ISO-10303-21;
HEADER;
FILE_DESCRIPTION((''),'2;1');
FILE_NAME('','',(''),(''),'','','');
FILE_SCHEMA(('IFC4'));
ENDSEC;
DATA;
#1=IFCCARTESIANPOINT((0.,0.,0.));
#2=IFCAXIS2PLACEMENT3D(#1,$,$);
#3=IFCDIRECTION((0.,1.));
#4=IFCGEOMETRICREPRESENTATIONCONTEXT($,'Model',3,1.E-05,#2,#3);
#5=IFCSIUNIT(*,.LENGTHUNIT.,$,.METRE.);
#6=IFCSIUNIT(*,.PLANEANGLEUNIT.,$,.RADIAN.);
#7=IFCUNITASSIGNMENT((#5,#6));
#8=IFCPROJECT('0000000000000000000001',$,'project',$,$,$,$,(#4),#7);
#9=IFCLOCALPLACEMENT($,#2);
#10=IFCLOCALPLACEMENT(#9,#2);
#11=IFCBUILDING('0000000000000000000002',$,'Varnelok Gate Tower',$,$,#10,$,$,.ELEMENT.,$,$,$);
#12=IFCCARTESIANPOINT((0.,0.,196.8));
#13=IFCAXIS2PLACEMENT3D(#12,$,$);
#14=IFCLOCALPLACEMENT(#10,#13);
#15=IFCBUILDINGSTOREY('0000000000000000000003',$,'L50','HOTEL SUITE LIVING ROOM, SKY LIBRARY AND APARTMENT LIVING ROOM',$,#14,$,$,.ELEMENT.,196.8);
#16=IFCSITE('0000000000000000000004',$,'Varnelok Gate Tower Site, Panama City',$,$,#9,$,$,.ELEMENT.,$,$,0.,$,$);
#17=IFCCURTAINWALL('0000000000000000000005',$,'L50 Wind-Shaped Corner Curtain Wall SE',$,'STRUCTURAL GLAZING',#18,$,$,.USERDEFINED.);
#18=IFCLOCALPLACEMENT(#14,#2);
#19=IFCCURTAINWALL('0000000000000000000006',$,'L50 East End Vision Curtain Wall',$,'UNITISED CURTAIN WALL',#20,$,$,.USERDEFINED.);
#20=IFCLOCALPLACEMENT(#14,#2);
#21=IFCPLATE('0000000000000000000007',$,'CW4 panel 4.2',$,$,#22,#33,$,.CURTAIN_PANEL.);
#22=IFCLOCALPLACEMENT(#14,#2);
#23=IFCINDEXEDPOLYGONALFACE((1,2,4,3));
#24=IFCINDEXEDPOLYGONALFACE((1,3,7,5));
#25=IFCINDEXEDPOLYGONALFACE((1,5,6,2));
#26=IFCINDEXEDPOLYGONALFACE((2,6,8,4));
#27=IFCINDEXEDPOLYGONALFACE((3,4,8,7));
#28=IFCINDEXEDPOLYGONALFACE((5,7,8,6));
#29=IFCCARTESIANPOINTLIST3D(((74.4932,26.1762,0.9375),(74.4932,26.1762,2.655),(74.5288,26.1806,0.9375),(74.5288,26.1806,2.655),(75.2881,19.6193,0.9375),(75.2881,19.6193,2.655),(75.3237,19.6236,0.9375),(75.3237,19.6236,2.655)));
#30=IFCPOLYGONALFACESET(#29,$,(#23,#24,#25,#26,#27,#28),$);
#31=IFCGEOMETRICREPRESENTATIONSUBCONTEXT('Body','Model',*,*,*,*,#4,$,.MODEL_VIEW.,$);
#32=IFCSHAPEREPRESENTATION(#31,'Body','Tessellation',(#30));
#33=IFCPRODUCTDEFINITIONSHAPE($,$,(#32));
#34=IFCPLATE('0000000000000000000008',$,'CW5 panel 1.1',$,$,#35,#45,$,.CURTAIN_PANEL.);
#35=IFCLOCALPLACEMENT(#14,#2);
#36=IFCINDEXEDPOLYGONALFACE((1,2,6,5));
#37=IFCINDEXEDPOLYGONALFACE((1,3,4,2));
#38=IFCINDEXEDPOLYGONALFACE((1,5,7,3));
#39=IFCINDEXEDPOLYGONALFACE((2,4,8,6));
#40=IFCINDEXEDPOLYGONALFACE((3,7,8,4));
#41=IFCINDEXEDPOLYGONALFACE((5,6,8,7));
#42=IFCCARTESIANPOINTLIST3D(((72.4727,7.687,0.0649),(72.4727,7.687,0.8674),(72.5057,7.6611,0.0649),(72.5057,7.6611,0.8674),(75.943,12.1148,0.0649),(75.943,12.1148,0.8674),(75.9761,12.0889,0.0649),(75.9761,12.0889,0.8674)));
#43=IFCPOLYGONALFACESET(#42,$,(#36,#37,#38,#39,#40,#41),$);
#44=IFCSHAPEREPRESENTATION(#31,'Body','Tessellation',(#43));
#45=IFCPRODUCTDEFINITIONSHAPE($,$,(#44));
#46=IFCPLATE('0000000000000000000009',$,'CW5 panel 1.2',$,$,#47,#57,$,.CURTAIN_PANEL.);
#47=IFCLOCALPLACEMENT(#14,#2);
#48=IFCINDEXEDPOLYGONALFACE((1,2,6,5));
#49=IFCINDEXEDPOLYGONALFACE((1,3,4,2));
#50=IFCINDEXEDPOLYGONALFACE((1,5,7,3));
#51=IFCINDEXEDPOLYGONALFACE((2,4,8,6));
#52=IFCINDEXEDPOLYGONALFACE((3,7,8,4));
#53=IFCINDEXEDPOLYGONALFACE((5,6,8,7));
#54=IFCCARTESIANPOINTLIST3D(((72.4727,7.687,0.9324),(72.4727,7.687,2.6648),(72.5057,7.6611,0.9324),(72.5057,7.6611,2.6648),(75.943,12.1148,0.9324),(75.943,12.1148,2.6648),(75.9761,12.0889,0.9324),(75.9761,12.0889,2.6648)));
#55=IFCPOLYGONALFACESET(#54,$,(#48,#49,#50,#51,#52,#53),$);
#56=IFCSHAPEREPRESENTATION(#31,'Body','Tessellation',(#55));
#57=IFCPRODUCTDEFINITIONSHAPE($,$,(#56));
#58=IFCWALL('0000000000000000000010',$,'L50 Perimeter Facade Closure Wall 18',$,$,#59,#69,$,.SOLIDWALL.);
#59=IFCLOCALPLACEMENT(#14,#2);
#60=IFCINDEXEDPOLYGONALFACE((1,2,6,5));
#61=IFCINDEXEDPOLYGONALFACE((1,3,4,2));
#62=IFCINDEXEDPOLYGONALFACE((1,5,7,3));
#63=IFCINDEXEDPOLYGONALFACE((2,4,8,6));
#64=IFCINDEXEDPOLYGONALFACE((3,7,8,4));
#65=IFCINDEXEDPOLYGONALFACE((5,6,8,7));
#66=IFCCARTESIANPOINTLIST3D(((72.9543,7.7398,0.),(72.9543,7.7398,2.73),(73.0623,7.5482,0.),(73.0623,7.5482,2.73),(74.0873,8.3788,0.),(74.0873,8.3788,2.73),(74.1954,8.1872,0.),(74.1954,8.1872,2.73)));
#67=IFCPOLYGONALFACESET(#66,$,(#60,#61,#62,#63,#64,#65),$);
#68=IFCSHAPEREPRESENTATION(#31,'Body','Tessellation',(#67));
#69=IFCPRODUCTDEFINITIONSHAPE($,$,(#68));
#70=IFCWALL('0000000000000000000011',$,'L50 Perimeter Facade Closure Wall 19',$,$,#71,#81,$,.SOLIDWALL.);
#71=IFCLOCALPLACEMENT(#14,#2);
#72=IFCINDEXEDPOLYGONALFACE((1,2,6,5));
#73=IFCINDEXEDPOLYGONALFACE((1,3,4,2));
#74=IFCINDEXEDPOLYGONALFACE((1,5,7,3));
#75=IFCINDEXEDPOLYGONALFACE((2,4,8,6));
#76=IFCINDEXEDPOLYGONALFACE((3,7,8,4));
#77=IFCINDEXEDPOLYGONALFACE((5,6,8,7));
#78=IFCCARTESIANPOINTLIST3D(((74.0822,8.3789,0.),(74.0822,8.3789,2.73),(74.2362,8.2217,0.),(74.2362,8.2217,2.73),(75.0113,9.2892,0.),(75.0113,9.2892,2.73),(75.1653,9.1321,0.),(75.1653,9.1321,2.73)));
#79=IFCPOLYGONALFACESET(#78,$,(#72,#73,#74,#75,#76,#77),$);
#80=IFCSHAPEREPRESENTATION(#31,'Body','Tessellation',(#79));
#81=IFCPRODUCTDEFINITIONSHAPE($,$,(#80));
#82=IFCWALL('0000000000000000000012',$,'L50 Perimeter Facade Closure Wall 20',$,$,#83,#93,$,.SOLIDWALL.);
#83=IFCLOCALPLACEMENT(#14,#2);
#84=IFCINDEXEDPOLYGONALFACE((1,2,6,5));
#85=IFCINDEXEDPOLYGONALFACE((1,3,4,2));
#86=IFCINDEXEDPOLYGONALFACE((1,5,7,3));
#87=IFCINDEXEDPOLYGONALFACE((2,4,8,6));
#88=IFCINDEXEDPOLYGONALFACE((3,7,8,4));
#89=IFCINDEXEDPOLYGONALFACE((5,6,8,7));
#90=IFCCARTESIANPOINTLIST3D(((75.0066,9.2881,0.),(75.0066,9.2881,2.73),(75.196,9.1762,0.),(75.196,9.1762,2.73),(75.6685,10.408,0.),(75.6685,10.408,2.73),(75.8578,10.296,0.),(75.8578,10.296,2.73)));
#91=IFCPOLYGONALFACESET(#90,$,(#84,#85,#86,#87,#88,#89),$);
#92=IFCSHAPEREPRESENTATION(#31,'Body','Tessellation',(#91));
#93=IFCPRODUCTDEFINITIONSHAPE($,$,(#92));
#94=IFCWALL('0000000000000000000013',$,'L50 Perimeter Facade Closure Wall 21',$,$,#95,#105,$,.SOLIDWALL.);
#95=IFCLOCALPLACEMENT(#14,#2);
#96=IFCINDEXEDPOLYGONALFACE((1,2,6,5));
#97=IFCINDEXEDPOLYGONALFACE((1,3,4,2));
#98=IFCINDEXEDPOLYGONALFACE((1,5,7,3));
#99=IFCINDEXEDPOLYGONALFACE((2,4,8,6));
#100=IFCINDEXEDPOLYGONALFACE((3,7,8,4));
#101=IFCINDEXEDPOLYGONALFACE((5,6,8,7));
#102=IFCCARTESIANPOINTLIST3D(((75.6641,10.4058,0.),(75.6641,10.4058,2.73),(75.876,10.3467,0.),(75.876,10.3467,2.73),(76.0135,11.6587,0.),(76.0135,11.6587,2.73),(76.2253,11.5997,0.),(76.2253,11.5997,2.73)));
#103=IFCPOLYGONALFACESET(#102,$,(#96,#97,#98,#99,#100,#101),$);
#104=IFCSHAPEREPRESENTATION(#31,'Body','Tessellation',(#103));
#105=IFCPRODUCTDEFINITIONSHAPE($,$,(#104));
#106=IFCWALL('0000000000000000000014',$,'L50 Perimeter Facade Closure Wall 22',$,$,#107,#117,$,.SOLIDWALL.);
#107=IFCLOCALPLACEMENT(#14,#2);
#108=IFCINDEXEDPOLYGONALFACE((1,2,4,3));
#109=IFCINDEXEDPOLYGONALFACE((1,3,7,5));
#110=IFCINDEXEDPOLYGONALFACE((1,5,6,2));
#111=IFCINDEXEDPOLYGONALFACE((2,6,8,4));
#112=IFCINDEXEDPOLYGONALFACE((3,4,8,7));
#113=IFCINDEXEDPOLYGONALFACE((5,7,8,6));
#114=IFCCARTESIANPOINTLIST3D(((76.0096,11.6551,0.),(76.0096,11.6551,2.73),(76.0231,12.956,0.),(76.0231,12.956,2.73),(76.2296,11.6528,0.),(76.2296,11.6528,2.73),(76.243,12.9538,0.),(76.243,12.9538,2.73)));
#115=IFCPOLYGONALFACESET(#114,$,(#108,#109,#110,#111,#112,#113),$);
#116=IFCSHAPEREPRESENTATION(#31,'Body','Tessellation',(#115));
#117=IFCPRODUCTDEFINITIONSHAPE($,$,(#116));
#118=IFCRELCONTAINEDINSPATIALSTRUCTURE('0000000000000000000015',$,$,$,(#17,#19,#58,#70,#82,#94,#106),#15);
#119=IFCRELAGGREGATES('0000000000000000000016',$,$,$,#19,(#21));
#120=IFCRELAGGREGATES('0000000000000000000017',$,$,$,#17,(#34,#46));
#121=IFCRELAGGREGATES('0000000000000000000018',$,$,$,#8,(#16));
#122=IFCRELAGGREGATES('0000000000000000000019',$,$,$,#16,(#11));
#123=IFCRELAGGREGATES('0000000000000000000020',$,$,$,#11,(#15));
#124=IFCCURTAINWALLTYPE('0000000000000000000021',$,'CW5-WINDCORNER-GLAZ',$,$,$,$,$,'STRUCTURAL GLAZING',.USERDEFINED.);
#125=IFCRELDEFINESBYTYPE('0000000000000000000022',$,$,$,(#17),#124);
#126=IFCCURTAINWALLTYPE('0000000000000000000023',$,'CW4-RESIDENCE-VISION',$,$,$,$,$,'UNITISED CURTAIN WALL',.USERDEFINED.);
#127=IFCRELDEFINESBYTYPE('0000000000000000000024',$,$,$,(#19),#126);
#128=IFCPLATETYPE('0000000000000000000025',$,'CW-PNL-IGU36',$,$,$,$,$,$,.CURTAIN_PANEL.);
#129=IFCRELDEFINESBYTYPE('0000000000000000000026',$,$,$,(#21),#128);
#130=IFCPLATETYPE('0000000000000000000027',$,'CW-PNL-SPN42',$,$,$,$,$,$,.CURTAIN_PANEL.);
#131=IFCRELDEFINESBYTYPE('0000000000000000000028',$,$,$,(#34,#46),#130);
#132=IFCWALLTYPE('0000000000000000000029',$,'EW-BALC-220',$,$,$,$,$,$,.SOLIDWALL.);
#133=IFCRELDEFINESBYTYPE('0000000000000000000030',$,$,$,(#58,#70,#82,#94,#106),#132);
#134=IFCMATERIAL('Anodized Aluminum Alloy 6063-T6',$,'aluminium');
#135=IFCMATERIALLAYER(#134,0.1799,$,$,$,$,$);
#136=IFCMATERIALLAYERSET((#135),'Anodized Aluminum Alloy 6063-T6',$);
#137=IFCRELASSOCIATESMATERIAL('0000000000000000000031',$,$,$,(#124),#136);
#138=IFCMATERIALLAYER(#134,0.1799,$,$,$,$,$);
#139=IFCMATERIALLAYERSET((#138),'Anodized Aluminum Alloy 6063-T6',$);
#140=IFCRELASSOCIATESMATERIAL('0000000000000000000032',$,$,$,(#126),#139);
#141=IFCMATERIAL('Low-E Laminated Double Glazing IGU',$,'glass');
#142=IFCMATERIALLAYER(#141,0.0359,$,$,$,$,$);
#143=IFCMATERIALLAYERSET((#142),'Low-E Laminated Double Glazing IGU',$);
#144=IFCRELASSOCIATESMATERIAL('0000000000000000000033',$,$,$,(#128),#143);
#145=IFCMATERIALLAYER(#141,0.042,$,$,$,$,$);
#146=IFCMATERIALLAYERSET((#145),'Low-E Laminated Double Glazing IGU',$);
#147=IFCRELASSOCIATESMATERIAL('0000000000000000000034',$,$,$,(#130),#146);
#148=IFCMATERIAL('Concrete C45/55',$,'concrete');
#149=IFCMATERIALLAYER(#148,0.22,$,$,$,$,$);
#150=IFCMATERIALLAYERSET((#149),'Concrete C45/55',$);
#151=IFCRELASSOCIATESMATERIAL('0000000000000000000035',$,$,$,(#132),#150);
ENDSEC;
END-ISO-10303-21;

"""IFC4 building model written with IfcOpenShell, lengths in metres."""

from ifc_helpers import new_model, si_unit, direction, frame, frame_2d, origin, origin_2d, place, context, subcontext, project, spatial, rectangle, extrude, source, transform, mapped, material, layer, layer_set, type_object, element, aggregate, save


model = new_model("IFC4")

# Units and contexts
model_context = context("Model", 3, precision=1e-05, world=origin(), true_north=direction((0.0, 1.0)))
body_context = subcontext(model_context, "Body", "Model", "MODEL_VIEW")
ifc_project = project(units=[si_unit("LENGTHUNIT", "METRE"), si_unit("PLANEANGLEUNIT", "RADIAN")], contexts=[model_context])

# Site, building, storey
site_placement = place(None, origin())
site = spatial("IfcSite", under=ifc_project, at=site_placement, Name="Varnelok Gate Tower Site, Panama City", CompositionType="ELEMENT", RefElevation=0.0)
building_placement = place(site_placement, origin())
building = spatial("IfcBuilding", under=site, at=building_placement, Name="Varnelok Gate Tower", CompositionType="ELEMENT")
storey_placement = place(building_placement, frame((0.0, 0.0, 196.8)))
storey = spatial("IfcBuildingStorey", under=building, at=storey_placement, Name="L50", Description="HOTEL SUITE LIVING ROOM, SKY LIBRARY AND APARTMENT LIVING ROOM", CompositionType="ELEMENT", Elevation=196.8)

# Curtain wall
ifc_material_1 = material(Name="Anodized Aluminum Alloy 6063-T6", Category="aluminium")
ifc_layer_1 = layer(ifc_material_1, 0.1799)
ifc_layer_set_1 = layer_set([ifc_layer_1], Name="Anodized Aluminum Alloy 6063-T6")
curtain_wall_type_1 = type_object("IfcCurtainWallType", Name="CW5-WINDCORNER-GLAZ", ElementType="STRUCTURAL GLAZING", PredefinedType="USERDEFINED", material=ifc_layer_set_1)
curtain_wall_1_placement = place(storey_placement, origin())
curtain_wall_1 = element("IfcCurtainWall", 1, at=curtain_wall_1_placement, inside=storey, type_object=curtain_wall_type_1, Name="L50 Wind-Shaped Corner Curtain Wall SE", ObjectType="STRUCTURAL GLAZING", PredefinedType="USERDEFINED")

# Curtain wall, plate
ifc_layer_2 = layer(ifc_material_1, 0.1799)
ifc_layer_set_2 = layer_set([ifc_layer_2], Name="Anodized Aluminum Alloy 6063-T6")
curtain_wall_type_2 = type_object("IfcCurtainWallType", Name="CW4-RESIDENCE-VISION", ElementType="UNITISED CURTAIN WALL", PredefinedType="USERDEFINED", material=ifc_layer_set_2)
curtain_wall_2_placement = place(storey_placement, origin())
curtain_wall_2 = element("IfcCurtainWall", 2, at=curtain_wall_2_placement, inside=storey, type_object=curtain_wall_type_2, Name="L50 East End Vision Curtain Wall", ObjectType="UNITISED CURTAIN WALL", PredefinedType="USERDEFINED")
ifc_material_2 = material(Name="Low-E Laminated Double Glazing IGU", Category="glass")
ifc_layer_3 = layer(ifc_material_2, 0.0359)
ifc_layer_set_3 = layer_set([ifc_layer_3], Name="Low-E Laminated Double Glazing IGU")
plate_type_1 = type_object("IfcPlateType", Name="CW-PNL-IGU36", PredefinedType="CURTAIN_PANEL", material=ifc_layer_set_3)
shared_shape_1 = source(origin(), body_context, "Body", "SweptSolid", [
    extrude(rectangle(XDim=6.605, YDim=0.0359, at=origin_2d()), origin(), (0.0, 0.0, 1.0), 1.7175),
])
plate_1_placement = place(storey_placement, frame((74.9084, 22.8999, 0.9375), z_axis=(0.0, 0.0, 1.0), x_axis=(0.120345, -0.992732, 0.0)))
plate_1 = element("IfcPlate", 3, at=plate_1_placement, type_object=plate_type_1, Name="CW4 panel 4.2", PredefinedType="CURTAIN_PANEL", context=body_context, shape_type="MappedRepresentation", body=[
    mapped(shared_shape_1, transform((0.0, 0.0, 0.0), scale=1.0)),
])
aggregate(curtain_wall_2, [plate_1])

# Plates
ifc_layer_4 = layer(ifc_material_2, 0.042)
ifc_layer_set_4 = layer_set([ifc_layer_4], Name="Low-E Laminated Double Glazing IGU")
plate_type_2 = type_object("IfcPlateType", Name="CW-PNL-SPN42", PredefinedType="CURTAIN_PANEL", material=ifc_layer_set_4)
shared_shape_2 = source(origin(), body_context, "Body", "SweptSolid", [
    extrude(rectangle(XDim=5.6257, YDim=0.042, at=origin_2d()), origin(), (0.0, 0.0, 1.0), 0.8025),
])
plate_2_placement = place(storey_placement, frame((74.2244, 9.8879, 0.0649), z_axis=(0.0, 0.0, 1.0), x_axis=(0.616871, 0.787064, 0.0)))
plate_2 = element("IfcPlate", 4, at=plate_2_placement, type_object=plate_type_2, Name="CW5 panel 1.1", PredefinedType="CURTAIN_PANEL", context=body_context, shape_type="MappedRepresentation", body=[
    mapped(shared_shape_2, transform((0.0, 0.0, 0.0), scale=1.0)),
])
shared_shape_3 = source(origin(), body_context, "Body", "SweptSolid", [
    extrude(rectangle(XDim=5.6257, YDim=0.042, at=origin_2d()), origin(), (0.0, 0.0, 1.0), 1.7324),
])
plate_3_placement = place(storey_placement, frame((74.2244, 9.8879, 0.9324), z_axis=(0.0, 0.0, 1.0), x_axis=(0.616871, 0.787064, 0.0)))
plate_3 = element("IfcPlate", 5, at=plate_3_placement, type_object=plate_type_2, Name="CW5 panel 1.2", PredefinedType="CURTAIN_PANEL", context=body_context, shape_type="MappedRepresentation", body=[
    mapped(shared_shape_3, transform((0.0, 0.0, 0.0), scale=1.0)),
])
aggregate(curtain_wall_1, [plate_2, plate_3])

# Walls
ifc_material_3 = material(Name="Concrete C45/55", Category="concrete")
ifc_layer_5 = layer(ifc_material_3, 0.22)
ifc_layer_set_5 = layer_set([ifc_layer_5], Name="Concrete C45/55")
wall_type = type_object("IfcWallType", Name="EW-BALC-220", PredefinedType="SOLIDWALL", material=ifc_layer_set_5)
for number, where, z_axis, x_axis, name in (
    (6, (73.0083, 7.644, 0.0), (0.0, 0.0, 1.0), (0.871059, 0.491179, 0.0), "L50 Perimeter Facade Closure Wall 18"),
    (7, (74.1592, 8.3003, 0.0), (0.0, 0.0, 1.0), (0.714295, 0.699844, 0.0), "L50 Perimeter Facade Closure Wall 19"),
    (8, (75.1013, 9.2322, 0.0), (0.0, 0.0, 1.0), (0.508799, 0.860885, 0.0), "L50 Perimeter Facade Closure Wall 20"),
    (9, (75.77, 10.3762, 0.0), (0.0, 0.0, 1.0), (0.268592, 0.963254, 0.0), "L50 Perimeter Facade Closure Wall 21"),
):
    element("IfcWall", number, at=place(storey_placement, frame(where, z_axis=z_axis, x_axis=x_axis)), inside=storey, type_object=wall_type, Name=name, PredefinedType="SOLIDWALL", context=body_context, shape_type="SweptSolid", body=[
        extrude(rectangle(XDim=1.3008, YDim=0.22, at=frame_2d((0.6504, 0.0))), origin(), (0.0, 0.0, 1.0), 2.73),
    ])
wall_placement = place(storey_placement, frame((76.1196, 11.6541, 0.0), z_axis=(0.0, 0.0, 1.0), x_axis=(0.01032, 0.999947, 0.0)))
element("IfcWall", 10, at=wall_placement, inside=storey, type_object=wall_type, Name="L50 Perimeter Facade Closure Wall 22", PredefinedType="SOLIDWALL", context=body_context, shape_type="SweptSolid", body=[
    extrude(rectangle(XDim=1.301, YDim=0.22, at=frame_2d((0.6504, 0.0))), origin(), (0.0, 0.0, 1.0), 2.73),
])

save(model, "model.ifc")
